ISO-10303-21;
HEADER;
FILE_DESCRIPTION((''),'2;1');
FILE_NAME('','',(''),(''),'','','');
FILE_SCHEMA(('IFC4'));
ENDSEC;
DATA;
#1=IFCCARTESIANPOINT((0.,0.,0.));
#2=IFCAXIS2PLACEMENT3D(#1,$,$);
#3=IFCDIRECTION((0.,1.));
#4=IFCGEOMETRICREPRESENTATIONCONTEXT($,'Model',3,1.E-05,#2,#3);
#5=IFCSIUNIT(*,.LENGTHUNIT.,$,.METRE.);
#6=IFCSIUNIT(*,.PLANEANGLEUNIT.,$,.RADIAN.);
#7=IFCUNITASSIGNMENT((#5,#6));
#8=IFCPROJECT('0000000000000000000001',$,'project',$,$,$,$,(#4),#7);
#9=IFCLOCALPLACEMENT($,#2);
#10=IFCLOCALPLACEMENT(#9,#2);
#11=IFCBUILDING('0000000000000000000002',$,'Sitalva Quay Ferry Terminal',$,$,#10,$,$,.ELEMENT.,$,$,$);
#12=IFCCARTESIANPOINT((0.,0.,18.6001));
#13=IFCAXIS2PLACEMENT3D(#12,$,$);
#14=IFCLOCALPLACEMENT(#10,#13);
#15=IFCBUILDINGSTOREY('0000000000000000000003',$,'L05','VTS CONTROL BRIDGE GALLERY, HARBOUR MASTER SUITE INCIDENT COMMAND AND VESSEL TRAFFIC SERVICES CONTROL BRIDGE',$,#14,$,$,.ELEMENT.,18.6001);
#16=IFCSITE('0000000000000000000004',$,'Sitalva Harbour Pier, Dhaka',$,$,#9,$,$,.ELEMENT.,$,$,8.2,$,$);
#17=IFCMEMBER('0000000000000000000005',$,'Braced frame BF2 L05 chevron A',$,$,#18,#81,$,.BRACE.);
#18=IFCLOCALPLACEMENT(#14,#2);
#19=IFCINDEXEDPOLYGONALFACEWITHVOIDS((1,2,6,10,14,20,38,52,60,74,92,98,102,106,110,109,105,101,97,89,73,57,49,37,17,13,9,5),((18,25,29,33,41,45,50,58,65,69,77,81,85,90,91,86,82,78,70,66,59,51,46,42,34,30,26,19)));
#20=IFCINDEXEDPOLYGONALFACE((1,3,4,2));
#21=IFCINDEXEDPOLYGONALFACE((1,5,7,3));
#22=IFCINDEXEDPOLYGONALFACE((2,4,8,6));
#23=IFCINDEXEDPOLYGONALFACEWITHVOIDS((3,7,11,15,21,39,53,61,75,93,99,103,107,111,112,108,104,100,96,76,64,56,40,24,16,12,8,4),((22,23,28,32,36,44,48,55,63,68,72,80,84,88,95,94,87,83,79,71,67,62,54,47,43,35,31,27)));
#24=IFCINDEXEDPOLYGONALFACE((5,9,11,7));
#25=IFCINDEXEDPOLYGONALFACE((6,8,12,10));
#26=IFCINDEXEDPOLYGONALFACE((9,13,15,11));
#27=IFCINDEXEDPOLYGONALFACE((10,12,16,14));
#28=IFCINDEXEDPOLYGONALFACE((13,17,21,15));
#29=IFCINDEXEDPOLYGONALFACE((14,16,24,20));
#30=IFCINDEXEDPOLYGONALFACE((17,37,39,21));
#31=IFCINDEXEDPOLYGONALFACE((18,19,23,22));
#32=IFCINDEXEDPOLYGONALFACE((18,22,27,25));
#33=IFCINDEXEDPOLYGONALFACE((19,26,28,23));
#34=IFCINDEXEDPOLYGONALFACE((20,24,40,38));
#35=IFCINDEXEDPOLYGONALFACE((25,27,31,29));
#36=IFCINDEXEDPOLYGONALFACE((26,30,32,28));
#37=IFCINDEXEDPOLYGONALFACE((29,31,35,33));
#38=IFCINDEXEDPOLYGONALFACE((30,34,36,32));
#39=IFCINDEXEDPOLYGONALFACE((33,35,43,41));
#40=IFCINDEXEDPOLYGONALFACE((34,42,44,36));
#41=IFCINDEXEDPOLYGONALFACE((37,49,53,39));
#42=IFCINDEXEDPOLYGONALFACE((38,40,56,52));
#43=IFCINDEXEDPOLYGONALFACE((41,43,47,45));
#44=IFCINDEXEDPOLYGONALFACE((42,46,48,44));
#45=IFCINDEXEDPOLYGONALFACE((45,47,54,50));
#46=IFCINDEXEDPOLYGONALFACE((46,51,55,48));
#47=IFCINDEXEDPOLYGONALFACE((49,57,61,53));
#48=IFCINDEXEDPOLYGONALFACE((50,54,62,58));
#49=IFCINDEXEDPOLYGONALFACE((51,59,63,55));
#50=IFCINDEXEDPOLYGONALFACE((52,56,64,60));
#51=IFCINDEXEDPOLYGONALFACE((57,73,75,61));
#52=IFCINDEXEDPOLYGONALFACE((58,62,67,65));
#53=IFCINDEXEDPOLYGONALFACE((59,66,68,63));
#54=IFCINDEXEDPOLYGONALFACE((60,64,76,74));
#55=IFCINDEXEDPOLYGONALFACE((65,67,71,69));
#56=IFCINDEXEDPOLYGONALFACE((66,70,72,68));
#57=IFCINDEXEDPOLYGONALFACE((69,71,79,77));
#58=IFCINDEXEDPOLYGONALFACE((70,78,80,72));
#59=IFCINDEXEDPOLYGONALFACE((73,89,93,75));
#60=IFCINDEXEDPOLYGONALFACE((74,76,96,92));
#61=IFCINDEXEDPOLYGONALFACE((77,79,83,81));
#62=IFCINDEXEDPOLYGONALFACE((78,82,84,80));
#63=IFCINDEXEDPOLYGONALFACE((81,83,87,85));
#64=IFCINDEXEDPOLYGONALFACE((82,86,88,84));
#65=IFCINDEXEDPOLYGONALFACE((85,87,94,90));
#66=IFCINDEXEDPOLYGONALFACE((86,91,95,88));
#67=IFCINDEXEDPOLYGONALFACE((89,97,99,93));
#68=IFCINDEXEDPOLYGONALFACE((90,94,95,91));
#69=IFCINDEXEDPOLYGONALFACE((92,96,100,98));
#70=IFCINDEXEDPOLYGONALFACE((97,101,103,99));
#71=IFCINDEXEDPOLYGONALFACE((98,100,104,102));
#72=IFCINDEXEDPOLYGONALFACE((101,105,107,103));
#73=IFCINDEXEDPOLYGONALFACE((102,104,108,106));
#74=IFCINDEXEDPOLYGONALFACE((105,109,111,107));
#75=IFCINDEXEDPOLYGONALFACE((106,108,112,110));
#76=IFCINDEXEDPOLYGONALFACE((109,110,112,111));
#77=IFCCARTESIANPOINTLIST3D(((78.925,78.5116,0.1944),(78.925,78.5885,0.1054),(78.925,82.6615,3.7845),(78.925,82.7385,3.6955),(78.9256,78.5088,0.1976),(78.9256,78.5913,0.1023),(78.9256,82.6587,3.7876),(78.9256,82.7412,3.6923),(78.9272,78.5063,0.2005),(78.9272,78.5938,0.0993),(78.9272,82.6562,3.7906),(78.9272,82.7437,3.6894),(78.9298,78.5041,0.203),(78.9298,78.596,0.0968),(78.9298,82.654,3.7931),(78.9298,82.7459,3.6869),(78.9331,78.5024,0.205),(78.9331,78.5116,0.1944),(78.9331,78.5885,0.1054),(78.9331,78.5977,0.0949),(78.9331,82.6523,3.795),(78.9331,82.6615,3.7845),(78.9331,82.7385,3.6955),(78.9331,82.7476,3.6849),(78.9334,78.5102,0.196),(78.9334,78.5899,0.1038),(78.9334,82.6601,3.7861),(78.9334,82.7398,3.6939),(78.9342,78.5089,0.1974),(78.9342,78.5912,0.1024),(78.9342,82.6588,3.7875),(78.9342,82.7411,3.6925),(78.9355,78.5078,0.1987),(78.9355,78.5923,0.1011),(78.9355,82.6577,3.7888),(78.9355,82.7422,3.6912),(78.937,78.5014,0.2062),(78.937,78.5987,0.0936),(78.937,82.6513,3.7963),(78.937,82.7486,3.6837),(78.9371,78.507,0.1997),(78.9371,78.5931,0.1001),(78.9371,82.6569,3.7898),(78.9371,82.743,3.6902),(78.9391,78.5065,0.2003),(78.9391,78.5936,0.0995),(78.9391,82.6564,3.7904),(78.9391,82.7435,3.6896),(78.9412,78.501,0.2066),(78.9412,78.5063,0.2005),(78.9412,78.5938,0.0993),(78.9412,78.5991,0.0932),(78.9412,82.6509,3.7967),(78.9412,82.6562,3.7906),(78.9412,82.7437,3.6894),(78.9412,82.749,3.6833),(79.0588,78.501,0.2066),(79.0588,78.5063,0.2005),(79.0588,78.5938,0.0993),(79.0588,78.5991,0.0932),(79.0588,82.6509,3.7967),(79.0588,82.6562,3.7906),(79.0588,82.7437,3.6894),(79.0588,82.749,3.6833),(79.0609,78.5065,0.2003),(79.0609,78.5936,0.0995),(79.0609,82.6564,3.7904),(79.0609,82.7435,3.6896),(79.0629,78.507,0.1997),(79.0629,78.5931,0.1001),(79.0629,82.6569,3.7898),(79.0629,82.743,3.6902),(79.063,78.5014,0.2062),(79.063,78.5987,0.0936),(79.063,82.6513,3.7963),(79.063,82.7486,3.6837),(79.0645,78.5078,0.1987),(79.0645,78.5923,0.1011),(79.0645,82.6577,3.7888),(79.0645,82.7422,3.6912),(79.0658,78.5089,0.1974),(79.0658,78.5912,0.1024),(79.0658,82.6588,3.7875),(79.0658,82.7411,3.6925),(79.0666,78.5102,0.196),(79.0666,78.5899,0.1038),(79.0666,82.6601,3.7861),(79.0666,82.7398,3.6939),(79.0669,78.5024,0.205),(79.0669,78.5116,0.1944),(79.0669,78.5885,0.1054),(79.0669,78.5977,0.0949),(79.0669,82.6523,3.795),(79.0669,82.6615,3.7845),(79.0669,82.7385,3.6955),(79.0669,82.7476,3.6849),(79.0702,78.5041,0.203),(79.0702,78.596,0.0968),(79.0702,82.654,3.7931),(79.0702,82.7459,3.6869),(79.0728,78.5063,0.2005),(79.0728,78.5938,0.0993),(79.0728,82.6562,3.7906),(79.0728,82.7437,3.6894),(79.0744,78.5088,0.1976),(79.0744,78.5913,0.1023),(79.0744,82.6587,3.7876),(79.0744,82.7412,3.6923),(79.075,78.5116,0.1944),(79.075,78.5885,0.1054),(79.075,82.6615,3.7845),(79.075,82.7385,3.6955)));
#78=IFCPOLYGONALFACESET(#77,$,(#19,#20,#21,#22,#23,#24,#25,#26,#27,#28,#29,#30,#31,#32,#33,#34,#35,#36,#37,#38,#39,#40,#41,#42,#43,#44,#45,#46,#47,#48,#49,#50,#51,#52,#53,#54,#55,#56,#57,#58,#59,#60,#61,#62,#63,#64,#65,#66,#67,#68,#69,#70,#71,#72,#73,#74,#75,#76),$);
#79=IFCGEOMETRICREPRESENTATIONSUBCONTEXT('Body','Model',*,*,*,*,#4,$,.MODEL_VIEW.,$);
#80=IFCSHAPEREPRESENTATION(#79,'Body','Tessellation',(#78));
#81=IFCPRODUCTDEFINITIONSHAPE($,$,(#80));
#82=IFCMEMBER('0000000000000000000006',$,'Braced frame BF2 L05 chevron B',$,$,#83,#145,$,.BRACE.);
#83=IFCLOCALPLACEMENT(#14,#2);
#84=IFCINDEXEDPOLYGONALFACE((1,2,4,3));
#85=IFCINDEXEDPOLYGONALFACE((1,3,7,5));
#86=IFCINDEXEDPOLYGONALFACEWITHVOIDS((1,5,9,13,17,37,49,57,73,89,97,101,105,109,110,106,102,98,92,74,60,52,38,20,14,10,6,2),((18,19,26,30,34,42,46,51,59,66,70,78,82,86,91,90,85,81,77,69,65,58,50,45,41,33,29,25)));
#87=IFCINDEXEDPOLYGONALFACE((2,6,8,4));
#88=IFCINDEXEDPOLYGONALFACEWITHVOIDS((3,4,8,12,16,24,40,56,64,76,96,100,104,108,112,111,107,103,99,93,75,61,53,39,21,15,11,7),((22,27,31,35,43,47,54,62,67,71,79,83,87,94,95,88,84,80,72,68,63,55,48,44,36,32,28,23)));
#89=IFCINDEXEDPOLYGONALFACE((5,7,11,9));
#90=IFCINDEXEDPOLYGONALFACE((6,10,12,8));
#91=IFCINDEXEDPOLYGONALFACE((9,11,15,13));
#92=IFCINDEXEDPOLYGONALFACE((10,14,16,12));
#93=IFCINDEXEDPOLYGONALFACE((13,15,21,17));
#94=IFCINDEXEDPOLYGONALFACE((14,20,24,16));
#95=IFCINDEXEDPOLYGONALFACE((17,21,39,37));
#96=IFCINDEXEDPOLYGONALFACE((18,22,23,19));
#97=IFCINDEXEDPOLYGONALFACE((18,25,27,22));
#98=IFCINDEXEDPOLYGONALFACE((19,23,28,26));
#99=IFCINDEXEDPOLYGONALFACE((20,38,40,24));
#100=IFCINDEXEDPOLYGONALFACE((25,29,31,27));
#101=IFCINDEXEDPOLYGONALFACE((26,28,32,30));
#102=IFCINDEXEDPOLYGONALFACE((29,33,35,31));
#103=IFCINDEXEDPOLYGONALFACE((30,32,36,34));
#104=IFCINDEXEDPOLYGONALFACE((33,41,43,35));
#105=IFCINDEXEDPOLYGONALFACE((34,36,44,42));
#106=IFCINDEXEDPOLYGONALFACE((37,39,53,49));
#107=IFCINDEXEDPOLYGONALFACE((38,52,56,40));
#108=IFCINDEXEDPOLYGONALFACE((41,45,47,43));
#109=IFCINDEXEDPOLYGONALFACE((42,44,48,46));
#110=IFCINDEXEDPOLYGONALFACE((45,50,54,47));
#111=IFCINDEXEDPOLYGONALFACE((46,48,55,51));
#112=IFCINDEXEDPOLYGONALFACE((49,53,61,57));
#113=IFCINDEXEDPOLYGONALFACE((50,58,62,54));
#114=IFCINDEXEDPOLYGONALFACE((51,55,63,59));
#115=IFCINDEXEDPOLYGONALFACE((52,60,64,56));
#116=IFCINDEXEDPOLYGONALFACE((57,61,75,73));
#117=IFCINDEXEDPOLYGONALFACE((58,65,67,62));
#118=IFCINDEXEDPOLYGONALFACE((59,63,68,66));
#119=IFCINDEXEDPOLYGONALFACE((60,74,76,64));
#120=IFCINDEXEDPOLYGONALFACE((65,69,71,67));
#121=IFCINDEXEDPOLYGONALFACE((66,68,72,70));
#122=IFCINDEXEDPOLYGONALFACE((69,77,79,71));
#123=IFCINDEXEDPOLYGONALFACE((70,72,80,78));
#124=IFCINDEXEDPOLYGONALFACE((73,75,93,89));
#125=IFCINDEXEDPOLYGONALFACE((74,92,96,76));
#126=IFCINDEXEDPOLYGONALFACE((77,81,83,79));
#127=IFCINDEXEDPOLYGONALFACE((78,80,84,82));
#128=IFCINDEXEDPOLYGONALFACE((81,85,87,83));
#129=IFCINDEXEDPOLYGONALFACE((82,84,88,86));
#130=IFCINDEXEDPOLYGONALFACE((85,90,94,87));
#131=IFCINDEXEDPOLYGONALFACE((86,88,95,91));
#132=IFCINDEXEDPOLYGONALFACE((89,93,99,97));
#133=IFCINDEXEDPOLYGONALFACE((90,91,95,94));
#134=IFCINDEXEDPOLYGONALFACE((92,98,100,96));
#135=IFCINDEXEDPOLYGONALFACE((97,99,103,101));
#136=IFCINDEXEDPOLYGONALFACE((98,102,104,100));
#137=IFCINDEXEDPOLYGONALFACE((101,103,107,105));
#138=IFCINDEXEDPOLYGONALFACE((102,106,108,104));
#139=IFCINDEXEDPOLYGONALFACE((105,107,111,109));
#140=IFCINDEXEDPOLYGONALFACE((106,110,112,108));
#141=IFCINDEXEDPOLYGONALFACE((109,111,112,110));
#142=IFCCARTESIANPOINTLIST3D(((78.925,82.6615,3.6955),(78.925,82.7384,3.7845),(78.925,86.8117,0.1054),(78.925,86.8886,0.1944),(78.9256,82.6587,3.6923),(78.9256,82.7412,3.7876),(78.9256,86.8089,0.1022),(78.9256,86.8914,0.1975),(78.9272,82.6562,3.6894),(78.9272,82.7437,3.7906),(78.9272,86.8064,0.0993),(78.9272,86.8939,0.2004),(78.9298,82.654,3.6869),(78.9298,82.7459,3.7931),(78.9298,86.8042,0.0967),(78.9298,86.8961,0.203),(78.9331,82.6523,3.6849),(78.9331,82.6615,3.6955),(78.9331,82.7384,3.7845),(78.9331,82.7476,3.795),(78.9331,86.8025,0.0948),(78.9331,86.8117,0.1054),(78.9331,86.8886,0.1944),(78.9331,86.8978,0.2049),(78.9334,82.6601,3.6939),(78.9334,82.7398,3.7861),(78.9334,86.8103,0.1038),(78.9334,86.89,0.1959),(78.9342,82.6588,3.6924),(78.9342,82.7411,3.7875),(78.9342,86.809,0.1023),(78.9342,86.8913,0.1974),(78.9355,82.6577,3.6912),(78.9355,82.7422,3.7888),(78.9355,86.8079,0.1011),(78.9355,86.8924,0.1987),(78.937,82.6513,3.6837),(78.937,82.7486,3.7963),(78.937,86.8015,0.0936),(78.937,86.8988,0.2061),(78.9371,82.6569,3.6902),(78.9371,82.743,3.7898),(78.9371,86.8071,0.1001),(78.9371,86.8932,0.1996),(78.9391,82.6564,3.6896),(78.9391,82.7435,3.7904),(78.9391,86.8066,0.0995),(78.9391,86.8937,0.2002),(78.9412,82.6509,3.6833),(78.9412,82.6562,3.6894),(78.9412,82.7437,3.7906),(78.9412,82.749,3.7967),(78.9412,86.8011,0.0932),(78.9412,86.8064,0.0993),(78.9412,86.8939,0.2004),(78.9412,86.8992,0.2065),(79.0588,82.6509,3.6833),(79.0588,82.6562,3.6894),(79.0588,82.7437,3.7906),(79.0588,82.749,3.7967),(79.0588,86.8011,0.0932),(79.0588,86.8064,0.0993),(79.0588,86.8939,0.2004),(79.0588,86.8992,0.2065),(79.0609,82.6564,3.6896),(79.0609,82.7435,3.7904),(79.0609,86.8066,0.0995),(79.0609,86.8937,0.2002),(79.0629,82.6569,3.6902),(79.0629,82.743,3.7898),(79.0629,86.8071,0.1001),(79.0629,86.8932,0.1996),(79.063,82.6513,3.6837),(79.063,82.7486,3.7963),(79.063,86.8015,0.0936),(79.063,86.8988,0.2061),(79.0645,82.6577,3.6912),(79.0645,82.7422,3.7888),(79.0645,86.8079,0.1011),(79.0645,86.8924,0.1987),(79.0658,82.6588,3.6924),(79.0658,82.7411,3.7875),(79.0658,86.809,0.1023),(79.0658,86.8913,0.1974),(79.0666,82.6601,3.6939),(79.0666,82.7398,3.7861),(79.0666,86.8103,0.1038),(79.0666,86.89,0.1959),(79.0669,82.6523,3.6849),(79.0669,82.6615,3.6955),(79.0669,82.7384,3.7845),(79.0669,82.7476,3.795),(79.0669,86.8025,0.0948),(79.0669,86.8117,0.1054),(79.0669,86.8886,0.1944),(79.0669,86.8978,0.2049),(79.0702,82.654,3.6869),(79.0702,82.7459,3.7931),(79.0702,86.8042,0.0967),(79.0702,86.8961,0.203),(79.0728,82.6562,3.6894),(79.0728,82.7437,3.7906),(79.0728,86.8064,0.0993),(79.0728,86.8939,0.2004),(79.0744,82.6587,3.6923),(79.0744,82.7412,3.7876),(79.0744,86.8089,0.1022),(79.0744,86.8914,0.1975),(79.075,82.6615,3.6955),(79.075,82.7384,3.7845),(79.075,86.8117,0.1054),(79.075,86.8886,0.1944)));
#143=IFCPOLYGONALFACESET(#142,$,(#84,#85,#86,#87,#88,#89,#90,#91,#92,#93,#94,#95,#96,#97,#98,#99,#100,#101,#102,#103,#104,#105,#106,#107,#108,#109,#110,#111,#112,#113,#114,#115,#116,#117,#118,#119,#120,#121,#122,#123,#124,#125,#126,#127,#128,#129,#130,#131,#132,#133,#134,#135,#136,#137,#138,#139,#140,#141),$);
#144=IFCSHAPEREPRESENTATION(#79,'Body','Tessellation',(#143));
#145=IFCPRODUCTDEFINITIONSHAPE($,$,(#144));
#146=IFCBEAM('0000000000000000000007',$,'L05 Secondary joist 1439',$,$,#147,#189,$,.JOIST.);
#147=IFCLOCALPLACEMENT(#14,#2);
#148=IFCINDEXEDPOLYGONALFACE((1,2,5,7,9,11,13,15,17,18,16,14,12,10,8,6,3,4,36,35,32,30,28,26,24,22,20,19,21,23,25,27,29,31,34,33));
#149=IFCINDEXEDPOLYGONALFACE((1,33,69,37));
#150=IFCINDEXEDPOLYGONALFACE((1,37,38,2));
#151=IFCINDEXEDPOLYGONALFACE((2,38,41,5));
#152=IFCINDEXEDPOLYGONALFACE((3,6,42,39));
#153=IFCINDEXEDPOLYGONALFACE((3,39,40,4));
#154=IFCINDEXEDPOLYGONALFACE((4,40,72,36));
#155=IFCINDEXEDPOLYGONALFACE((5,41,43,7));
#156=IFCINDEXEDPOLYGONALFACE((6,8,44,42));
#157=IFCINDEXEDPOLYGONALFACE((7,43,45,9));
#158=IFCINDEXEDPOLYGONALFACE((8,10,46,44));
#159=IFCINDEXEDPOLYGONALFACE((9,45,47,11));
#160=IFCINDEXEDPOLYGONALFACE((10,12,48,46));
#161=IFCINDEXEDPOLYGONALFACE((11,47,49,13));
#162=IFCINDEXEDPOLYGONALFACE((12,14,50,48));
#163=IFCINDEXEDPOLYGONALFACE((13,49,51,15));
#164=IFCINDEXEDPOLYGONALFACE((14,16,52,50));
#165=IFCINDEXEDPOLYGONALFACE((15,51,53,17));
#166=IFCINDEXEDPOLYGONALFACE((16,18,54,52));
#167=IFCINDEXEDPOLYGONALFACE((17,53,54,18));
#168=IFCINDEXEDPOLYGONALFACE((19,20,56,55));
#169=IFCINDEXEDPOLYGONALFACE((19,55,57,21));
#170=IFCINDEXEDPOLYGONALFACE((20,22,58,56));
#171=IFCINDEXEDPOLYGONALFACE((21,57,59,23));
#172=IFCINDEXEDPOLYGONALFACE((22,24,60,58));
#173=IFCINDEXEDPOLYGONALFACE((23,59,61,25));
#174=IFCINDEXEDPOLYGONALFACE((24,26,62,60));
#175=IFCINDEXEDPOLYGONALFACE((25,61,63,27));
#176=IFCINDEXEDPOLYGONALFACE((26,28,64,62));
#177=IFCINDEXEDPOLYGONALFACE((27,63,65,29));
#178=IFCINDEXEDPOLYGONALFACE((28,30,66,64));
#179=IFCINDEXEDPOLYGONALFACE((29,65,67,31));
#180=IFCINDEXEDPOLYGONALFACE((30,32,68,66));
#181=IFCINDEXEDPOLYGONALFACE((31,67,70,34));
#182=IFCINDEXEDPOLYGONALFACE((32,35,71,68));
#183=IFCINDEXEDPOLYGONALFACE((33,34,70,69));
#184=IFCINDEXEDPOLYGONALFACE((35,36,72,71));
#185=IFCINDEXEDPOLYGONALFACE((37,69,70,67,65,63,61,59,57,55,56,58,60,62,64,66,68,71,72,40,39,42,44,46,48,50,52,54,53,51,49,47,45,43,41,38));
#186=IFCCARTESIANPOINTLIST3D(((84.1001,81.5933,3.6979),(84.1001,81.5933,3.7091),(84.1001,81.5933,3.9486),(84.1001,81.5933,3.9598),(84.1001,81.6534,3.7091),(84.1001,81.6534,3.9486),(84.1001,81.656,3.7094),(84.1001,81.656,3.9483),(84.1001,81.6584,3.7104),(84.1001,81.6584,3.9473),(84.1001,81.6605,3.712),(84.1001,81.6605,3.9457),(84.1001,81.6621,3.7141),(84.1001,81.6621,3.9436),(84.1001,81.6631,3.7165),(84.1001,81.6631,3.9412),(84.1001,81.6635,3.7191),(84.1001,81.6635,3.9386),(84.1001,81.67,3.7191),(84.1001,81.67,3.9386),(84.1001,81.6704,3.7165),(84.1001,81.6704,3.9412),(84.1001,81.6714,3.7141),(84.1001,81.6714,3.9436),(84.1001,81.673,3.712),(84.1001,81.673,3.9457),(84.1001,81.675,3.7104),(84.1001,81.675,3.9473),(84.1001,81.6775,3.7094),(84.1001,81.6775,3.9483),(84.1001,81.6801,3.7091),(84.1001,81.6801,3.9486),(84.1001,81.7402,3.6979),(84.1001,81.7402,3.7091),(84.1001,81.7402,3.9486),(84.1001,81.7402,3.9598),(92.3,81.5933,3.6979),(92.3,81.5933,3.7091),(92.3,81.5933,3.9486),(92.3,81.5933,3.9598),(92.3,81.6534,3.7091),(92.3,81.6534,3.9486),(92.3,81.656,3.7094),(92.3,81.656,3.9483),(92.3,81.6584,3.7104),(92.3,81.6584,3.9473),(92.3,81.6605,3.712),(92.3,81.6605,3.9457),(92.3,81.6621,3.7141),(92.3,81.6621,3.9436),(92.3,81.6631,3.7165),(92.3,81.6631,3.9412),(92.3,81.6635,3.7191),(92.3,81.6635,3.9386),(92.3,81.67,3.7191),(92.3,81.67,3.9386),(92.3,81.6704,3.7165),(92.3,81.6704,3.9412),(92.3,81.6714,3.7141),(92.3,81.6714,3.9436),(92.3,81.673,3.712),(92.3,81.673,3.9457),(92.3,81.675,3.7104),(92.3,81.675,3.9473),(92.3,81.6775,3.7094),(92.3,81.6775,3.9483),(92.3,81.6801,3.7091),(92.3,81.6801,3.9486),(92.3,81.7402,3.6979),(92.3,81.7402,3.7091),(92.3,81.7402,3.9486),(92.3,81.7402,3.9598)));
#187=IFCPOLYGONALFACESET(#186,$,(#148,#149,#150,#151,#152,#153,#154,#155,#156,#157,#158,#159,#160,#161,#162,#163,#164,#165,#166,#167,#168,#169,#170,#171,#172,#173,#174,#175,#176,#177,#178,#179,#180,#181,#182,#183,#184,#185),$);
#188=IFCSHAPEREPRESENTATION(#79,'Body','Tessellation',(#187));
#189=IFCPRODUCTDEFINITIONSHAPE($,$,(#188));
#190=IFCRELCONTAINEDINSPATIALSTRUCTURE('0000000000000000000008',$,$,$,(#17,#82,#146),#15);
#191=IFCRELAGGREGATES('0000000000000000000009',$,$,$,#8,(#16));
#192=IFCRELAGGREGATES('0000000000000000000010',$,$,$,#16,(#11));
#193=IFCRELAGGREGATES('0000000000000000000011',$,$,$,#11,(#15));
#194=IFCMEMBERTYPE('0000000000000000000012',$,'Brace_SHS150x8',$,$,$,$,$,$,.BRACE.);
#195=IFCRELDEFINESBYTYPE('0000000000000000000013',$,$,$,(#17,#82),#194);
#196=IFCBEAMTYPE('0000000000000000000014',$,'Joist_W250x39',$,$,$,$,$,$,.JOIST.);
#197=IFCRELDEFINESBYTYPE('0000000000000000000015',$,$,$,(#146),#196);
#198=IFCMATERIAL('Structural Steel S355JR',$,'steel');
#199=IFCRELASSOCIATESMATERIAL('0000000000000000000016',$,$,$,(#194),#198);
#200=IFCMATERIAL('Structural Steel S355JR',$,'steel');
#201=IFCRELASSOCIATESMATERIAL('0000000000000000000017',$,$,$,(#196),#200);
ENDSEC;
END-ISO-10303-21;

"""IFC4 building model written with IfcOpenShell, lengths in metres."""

from ifc_helpers import new_model, si_unit, direction, frame, origin, origin_2d, place, context, subcontext, project, spatial, hollow_rectangle, i_section, extrude, material, material_profile, profile_set, type_object, element, save


model = new_model("IFC4")

# Units and contexts
model_context = context("Model", 3, precision=1e-05, world=origin(), true_north=direction((0.0, 1.0)))
body_context = subcontext(model_context, "Body", "Model", "MODEL_VIEW")
ifc_project = project(units=[si_unit("LENGTHUNIT", "METRE"), si_unit("PLANEANGLEUNIT", "RADIAN")], contexts=[model_context])

# Site, building, storey
site_placement = place(None, origin())
site = spatial("IfcSite", under=ifc_project, at=site_placement, Name="Sitalva Harbour Pier, Dhaka", CompositionType="ELEMENT", RefElevation=8.2)
building_placement = place(site_placement, origin())
building = spatial("IfcBuilding", under=site, at=building_placement, Name="Sitalva Quay Ferry Terminal", CompositionType="ELEMENT")
storey_placement = place(building_placement, frame((0.0, 0.0, 18.6001)))
storey = spatial("IfcBuildingStorey", under=building, at=storey_placement, Name="L05", Description="VTS CONTROL BRIDGE GALLERY, HARBOUR MASTER SUITE INCIDENT COMMAND AND VESSEL TRAFFIC SERVICES CONTROL BRIDGE", CompositionType="ELEMENT", Elevation=18.6001)

# Members
ifc_material_1 = material(Name="Structural Steel S355JR", Category="steel")
ifc_material_profile_1 = material_profile(ifc_material_1, hollow_rectangle(XDim=0.1499, YDim=0.1499, WallThickness=0.0081, InnerFilletRadius=0.0081, OuterFilletRadius=0.0161, at=origin_2d()), Name="SHS150x150x8")
ifc_profile_set_1 = profile_set([ifc_material_profile_1], Name="Structural Steel S355JR")
member_type_1 = type_object("IfcMemberType", Name="Brace_SHS150x8", PredefinedType="BRACE", material=ifc_profile_set_1)
member_1_placement = place(storey_placement, frame((79.0, 78.55, 0.1499), z_axis=(0.0, 0.756275, 0.654254), x_axis=(-1.0, 0.0, 0.0)))
element("IfcMember", 1, at=member_1_placement, inside=storey, type_object=member_type_1, Name="Braced frame BF2 L05 chevron A", PredefinedType="BRACE", context=body_context, shape_type="SweptSolid", body=[
    extrude(hollow_rectangle(XDim=0.1499, YDim=0.1499, WallThickness=0.0081, InnerFilletRadius=0.0081, OuterFilletRadius=0.0161, at=origin_2d()), origin(), (0.0, 0.0, 1.0), 5.4873),
])
member_2_placement = place(storey_placement, frame((79.0, 82.7, 3.74), z_axis=(0.0, 0.756294, -0.654232), x_axis=(-1.0, 0.0, 0.0)))
element("IfcMember", 2, at=member_2_placement, inside=storey, type_object=member_type_1, Name="Braced frame BF2 L05 chevron B", PredefinedType="BRACE", context=body_context, shape_type="SweptSolid", body=[
    extrude(hollow_rectangle(XDim=0.1499, YDim=0.1499, WallThickness=0.0081, InnerFilletRadius=0.0081, OuterFilletRadius=0.0161, at=origin_2d()), origin(), (0.0, 0.0, 1.0), 5.4875),
])

# Beam
ifc_material_2 = material(Name="Structural Steel S355JR", Category="steel")
ifc_material_profile_2 = material_profile(ifc_material_2, i_section(OverallWidth=0.147, OverallDepth=0.262, WebThickness=0.0066, FlangeThickness=0.0112, FilletRadius=0.01, at=origin_2d()), Name="W250x39")
ifc_profile_set_2 = profile_set([ifc_material_profile_2], Name="Structural Steel S355JR")
beam_type = type_object("IfcBeamType", Name="Joist_W250x39", PredefinedType="JOIST", material=ifc_profile_set_2)
for number, where, z_axis, x_axis, name in (
    (3, (84.1001, 81.6667, 3.8289), (1.0, 0.0, 0.0), (0.0, 1.0, 0.0), "L05 Secondary joist 1439"),
):
    element("IfcBeam", number, at=place(storey_placement, frame(where, z_axis=z_axis, x_axis=x_axis)), inside=storey, type_object=beam_type, Name=name, PredefinedType="JOIST", context=body_context, shape_type="SweptSolid", body=[
        extrude(i_section(OverallWidth=0.147, OverallDepth=0.262, WebThickness=0.0066, FlangeThickness=0.0112, FilletRadius=0.01, at=origin_2d()), origin(), (0.0, 0.0, 1.0), 8.2),
    ])

save(model, "model.ifc")
